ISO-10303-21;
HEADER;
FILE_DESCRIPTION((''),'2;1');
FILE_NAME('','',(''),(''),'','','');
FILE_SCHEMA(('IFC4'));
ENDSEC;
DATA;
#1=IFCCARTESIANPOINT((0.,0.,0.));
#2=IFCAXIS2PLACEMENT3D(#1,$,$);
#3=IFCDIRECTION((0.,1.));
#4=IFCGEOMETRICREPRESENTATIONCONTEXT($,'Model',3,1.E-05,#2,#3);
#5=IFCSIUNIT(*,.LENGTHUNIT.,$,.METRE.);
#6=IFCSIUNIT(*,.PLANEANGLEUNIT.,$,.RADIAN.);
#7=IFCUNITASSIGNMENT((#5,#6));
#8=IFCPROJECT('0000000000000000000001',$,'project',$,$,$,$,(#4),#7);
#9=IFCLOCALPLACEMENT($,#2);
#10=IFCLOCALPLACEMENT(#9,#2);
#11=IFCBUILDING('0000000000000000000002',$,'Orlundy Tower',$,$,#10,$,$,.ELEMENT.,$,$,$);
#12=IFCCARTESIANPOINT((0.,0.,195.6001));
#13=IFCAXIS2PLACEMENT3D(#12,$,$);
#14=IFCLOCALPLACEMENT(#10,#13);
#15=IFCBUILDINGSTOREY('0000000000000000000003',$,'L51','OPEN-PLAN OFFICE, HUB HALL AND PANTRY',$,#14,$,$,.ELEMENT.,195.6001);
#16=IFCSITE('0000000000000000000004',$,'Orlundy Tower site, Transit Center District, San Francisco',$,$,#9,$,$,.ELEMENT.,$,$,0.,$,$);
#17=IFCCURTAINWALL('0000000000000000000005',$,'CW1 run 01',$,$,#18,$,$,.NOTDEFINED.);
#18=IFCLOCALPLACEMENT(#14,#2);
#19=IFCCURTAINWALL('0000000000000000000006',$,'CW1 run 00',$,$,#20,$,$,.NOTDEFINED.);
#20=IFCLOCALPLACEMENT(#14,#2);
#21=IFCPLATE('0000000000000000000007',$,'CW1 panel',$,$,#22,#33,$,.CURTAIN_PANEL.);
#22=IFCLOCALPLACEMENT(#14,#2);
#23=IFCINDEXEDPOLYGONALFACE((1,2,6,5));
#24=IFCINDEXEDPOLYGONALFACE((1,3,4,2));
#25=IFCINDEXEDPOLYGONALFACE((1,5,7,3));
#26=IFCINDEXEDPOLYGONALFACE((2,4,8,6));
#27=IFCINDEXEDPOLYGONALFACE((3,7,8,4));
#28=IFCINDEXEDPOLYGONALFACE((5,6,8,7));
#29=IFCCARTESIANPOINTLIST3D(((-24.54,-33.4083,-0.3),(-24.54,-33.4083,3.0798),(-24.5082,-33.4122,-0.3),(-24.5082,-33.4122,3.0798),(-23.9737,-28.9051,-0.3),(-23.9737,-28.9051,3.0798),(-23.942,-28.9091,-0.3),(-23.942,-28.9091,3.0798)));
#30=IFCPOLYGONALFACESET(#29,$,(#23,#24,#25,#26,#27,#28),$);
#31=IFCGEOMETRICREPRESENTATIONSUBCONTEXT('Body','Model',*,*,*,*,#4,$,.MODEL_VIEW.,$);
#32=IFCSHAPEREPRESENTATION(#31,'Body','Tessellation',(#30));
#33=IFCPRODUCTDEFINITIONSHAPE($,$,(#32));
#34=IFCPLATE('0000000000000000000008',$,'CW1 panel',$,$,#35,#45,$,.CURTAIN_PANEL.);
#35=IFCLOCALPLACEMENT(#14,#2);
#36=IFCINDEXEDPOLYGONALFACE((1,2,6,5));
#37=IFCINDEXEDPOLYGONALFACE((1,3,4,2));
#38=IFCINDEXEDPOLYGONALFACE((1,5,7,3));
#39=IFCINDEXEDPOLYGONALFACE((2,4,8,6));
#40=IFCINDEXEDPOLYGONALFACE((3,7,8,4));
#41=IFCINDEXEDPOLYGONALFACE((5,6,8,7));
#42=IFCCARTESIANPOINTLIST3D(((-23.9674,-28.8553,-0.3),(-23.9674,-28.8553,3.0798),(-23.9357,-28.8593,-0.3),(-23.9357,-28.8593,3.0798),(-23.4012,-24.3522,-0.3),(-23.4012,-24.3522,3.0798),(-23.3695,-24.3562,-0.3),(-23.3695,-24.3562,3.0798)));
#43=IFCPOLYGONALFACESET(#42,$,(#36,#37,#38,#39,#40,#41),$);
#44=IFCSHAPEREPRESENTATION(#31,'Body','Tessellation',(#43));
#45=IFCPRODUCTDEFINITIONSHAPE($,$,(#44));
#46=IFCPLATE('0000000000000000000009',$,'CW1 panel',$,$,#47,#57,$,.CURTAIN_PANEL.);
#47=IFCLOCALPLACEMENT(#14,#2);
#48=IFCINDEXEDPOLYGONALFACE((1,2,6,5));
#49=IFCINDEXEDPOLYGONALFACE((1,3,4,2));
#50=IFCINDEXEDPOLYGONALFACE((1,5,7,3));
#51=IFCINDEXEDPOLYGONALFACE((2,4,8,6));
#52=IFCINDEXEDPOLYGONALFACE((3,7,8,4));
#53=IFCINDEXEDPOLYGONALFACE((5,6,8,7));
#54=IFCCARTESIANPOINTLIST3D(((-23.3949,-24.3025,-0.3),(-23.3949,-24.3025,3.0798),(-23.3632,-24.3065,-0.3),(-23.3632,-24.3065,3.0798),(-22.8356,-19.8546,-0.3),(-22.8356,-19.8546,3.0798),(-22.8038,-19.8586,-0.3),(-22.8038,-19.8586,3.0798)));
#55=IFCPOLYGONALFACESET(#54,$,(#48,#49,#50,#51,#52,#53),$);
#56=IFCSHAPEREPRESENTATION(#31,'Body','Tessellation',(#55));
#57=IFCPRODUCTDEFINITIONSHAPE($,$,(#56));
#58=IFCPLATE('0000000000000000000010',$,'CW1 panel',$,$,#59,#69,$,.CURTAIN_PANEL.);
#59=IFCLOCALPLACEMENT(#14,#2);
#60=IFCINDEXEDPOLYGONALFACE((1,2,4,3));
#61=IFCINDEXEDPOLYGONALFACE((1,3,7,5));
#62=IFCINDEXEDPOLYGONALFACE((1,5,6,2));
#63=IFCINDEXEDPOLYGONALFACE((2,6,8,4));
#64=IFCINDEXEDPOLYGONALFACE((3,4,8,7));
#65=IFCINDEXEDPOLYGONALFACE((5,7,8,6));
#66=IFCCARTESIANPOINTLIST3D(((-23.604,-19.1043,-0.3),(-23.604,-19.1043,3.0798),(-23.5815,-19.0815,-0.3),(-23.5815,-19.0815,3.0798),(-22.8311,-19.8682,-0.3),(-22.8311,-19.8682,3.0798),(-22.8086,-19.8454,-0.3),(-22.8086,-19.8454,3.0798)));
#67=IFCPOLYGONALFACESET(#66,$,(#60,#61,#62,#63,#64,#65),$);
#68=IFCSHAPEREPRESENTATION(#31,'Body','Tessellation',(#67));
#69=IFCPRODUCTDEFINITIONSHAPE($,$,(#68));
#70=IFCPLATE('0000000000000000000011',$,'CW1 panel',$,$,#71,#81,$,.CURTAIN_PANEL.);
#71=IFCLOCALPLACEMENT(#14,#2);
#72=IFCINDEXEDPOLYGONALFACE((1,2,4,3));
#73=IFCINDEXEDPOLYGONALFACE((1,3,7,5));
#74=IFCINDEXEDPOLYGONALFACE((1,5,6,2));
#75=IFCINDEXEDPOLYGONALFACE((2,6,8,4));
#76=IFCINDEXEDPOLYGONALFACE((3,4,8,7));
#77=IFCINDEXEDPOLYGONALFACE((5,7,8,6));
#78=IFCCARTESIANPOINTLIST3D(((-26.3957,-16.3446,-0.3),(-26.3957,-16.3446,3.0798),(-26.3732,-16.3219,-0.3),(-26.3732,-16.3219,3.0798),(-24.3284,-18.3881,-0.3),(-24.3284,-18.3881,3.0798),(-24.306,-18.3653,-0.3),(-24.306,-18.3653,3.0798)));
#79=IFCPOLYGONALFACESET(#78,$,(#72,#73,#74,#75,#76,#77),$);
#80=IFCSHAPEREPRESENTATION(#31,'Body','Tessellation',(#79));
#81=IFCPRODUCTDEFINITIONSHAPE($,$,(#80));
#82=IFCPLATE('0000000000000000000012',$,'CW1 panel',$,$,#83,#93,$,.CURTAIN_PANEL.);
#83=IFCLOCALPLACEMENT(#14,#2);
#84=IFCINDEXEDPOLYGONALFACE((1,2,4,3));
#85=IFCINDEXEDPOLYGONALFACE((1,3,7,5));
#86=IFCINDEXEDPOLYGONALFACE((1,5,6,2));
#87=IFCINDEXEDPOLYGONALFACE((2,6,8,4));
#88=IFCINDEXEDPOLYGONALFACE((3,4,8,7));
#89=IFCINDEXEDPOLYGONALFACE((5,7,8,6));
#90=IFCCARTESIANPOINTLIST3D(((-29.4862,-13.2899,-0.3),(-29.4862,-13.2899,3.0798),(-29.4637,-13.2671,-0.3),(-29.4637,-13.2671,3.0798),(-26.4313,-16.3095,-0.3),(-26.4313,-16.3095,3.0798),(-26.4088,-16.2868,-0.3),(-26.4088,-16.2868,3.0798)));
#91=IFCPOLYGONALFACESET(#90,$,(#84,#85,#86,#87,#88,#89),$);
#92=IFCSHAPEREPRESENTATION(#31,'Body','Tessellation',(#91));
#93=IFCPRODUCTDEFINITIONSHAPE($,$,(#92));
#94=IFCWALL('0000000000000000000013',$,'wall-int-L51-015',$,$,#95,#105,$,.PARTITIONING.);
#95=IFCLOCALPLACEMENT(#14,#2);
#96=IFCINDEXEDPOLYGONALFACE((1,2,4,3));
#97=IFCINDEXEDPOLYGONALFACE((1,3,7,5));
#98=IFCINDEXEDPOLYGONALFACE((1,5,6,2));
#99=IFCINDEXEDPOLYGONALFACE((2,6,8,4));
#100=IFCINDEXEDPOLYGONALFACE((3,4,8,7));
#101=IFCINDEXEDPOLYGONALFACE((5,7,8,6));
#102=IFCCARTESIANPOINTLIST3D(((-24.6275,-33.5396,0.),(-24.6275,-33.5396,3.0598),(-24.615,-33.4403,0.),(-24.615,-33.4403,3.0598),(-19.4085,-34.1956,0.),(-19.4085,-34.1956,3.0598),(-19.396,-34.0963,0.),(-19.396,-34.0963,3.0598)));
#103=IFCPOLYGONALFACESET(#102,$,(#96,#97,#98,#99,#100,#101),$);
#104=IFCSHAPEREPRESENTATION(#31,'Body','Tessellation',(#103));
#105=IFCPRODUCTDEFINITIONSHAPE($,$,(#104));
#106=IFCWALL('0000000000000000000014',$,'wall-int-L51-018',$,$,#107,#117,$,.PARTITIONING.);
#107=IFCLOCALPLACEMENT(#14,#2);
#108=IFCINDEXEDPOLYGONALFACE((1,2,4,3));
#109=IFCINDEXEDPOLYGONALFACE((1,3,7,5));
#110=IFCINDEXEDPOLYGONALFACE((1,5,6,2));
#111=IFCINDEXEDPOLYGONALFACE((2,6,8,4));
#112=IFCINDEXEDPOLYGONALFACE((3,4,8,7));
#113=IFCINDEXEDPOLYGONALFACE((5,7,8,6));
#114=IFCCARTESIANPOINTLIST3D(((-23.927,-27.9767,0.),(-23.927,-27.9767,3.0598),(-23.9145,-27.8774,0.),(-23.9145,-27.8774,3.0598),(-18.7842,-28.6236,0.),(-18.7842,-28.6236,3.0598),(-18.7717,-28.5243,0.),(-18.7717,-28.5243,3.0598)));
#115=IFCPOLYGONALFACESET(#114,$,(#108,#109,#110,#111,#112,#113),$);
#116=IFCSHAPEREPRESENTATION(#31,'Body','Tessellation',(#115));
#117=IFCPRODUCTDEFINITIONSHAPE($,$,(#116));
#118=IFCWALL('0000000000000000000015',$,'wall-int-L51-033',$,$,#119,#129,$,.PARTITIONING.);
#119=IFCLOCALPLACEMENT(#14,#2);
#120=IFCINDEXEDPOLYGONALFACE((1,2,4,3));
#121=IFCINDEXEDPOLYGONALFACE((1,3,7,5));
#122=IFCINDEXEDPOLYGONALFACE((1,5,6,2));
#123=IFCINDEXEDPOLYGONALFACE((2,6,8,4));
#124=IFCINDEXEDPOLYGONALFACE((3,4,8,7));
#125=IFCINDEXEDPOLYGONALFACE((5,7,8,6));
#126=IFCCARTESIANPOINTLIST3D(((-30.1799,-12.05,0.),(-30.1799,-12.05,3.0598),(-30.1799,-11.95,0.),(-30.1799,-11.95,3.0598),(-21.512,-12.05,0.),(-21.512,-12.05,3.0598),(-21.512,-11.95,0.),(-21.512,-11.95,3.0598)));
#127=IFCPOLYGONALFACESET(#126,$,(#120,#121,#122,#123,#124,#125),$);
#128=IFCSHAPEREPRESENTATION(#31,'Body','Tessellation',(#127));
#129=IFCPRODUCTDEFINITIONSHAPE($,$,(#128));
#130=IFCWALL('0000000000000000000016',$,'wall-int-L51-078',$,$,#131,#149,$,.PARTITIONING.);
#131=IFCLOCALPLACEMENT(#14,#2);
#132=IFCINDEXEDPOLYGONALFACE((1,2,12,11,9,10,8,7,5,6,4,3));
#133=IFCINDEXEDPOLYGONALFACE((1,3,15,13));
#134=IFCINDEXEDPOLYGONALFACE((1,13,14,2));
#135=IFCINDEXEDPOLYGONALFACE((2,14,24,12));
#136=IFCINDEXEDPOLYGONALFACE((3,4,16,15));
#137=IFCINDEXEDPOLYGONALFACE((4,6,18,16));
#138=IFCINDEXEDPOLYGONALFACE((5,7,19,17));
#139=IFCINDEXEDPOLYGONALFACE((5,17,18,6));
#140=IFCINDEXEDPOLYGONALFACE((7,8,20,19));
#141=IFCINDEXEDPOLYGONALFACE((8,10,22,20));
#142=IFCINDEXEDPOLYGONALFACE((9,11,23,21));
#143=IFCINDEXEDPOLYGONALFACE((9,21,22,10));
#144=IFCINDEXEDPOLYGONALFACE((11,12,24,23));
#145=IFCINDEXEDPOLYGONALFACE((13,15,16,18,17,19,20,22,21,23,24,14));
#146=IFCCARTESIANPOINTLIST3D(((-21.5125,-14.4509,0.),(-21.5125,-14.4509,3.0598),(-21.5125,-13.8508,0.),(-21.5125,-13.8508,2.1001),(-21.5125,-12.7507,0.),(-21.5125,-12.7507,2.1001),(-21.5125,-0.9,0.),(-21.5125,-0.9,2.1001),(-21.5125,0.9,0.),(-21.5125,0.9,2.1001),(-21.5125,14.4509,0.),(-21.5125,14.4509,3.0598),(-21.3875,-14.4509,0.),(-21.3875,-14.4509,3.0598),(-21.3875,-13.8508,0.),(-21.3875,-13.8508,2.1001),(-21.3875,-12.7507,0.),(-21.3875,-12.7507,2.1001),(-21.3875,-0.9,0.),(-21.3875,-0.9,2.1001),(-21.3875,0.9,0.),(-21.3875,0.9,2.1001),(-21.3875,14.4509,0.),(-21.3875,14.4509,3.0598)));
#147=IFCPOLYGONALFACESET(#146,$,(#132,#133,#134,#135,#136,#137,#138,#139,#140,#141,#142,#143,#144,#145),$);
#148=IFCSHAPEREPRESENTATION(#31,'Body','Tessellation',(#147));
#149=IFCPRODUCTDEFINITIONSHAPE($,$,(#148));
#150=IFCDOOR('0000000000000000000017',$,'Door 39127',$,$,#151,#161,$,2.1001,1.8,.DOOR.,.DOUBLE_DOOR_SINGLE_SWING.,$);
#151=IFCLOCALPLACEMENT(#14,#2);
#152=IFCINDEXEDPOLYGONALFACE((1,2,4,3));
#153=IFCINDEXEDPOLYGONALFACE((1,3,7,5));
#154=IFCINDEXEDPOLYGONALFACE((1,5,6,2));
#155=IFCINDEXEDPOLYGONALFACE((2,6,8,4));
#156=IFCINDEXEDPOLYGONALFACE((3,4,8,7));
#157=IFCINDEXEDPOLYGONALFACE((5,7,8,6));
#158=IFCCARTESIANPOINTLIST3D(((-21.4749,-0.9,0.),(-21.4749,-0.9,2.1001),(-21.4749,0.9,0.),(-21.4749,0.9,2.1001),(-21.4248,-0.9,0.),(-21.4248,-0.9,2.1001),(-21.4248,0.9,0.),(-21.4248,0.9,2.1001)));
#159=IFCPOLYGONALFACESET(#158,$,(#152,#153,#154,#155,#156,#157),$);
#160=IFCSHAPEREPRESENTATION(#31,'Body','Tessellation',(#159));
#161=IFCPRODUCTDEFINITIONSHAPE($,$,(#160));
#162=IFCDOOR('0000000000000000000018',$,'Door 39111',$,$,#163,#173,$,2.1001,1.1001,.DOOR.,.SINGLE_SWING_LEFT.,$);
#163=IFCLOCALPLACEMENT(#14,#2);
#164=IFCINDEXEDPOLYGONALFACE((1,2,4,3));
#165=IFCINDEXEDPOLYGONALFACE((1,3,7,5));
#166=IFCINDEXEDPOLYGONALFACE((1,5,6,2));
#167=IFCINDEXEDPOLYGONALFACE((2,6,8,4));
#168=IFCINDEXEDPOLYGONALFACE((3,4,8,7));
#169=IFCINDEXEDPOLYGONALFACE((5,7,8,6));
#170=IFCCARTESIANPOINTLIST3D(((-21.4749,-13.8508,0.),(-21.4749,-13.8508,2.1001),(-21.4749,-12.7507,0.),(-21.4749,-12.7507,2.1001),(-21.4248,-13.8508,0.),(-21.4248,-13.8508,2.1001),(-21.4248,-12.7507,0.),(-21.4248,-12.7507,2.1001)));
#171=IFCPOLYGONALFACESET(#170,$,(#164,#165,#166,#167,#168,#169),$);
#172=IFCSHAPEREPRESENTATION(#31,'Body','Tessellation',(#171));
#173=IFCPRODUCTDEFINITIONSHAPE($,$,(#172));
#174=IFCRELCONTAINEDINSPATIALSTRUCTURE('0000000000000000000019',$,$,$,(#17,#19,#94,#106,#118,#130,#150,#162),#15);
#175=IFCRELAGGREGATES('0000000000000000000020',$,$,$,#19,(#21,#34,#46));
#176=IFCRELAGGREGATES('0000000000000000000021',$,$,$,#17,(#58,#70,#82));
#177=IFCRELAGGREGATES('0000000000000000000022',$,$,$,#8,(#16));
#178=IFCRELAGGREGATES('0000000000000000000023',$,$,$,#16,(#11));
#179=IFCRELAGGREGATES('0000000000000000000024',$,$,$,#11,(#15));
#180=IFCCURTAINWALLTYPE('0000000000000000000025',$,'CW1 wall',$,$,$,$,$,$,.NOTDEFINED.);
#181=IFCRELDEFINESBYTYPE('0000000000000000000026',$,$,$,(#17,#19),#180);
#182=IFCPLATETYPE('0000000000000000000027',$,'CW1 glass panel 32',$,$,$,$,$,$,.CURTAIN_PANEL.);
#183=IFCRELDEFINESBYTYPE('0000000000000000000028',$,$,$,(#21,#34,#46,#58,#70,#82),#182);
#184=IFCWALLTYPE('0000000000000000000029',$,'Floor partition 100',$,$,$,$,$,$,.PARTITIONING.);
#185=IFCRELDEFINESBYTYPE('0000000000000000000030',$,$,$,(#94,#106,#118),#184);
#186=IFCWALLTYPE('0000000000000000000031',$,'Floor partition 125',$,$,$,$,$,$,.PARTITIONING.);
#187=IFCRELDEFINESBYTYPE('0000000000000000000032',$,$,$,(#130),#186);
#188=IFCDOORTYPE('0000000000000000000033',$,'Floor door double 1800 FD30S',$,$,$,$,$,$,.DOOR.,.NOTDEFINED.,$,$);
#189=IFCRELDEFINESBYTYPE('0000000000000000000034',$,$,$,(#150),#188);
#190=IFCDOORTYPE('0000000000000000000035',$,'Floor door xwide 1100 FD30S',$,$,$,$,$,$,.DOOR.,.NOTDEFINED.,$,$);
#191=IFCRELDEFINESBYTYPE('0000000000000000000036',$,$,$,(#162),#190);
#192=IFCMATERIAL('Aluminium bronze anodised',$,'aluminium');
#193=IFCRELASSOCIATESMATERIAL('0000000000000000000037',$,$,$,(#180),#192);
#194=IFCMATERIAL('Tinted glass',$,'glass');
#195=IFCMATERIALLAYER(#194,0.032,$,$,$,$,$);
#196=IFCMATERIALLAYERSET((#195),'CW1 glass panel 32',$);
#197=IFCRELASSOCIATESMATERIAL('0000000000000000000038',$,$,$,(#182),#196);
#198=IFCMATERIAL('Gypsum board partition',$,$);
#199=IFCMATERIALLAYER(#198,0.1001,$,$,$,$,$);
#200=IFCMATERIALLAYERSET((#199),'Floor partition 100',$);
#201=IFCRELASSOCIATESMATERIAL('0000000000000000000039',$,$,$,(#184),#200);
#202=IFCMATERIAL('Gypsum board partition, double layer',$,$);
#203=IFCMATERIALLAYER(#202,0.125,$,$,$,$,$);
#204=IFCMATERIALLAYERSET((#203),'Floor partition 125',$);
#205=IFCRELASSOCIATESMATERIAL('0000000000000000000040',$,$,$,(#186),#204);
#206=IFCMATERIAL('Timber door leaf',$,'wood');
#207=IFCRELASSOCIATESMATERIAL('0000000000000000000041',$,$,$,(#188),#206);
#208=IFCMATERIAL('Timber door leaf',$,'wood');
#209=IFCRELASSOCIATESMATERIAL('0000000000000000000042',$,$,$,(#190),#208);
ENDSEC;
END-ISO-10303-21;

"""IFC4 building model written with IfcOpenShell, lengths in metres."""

from ifc_helpers import new_model, si_unit, direction, frame, frame_2d, origin, origin_2d, place, context, subcontext, project, spatial, rectangle, extrude, material, layer, layer_set, type_object, element, fill, aggregate, save


model = new_model("IFC4")

# Units and contexts
model_context = context("Model", 3, precision=1e-05, world=origin(), true_north=direction((0.0, 1.0)))
body_context = subcontext(model_context, "Body", "Model", "MODEL_VIEW")
ifc_project = project(units=[si_unit("LENGTHUNIT", "METRE"), si_unit("PLANEANGLEUNIT", "RADIAN")], contexts=[model_context])

# Site, building, storey
site_placement = place(None, origin())
site = spatial("IfcSite", under=ifc_project, at=site_placement, Name="Orlundy Tower site, Transit Center District, San Francisco", CompositionType="ELEMENT", RefElevation=0.0)
building_placement = place(site_placement, origin())
building = spatial("IfcBuilding", under=site, at=building_placement, Name="Orlundy Tower", CompositionType="ELEMENT")
storey_placement = place(building_placement, frame((0.0, 0.0, 195.6001)))
storey = spatial("IfcBuildingStorey", under=building, at=storey_placement, Name="L51", Description="OPEN-PLAN OFFICE, HUB HALL AND PANTRY", CompositionType="ELEMENT", Elevation=195.6001)

# Curtain wall
ifc_material_1 = material(Name="Aluminium bronze anodised", Category="aluminium")
curtain_wall_type = type_object("IfcCurtainWallType", Name="CW1 wall", PredefinedType="NOTDEFINED", material=ifc_material_1)
curtain_wall_1_placement = place(storey_placement, origin())
curtain_wall_1 = element("IfcCurtainWall", 1, at=curtain_wall_1_placement, inside=storey, type_object=curtain_wall_type, Name="CW1 run 01", PredefinedType="NOTDEFINED")

# Curtain wall
curtain_wall_2_placement = place(storey_placement, origin())
curtain_wall_2 = element("IfcCurtainWall", 2, at=curtain_wall_2_placement, inside=storey, type_object=curtain_wall_type, Name="CW1 run 00", PredefinedType="NOTDEFINED")

# Plates
ifc_material_2 = material(Name="Tinted glass", Category="glass")
ifc_layer_1 = layer(ifc_material_2, 0.032)
ifc_layer_set_1 = layer_set([ifc_layer_1], Name="CW1 glass panel 32")
plate_type = type_object("IfcPlateType", Name="CW1 glass panel 32", PredefinedType="CURTAIN_PANEL", material=ifc_layer_set_1)
plate_1_placement = place(storey_placement, frame((-24.241, -31.1587, -0.3), z_axis=(0.0, 0.0, 1.0), x_axis=(0.124763, 0.992187, 0.0)))
plate_1 = element("IfcPlate", 3, at=plate_1_placement, type_object=plate_type, Name="CW1 panel", PredefinedType="CURTAIN_PANEL", context=body_context, shape_type="SweptSolid", body=[
    extrude(rectangle(XDim=4.5386, YDim=0.032, at=origin_2d()), origin(), (0.0, 0.0, 1.0), 3.3799),
])
plate_2_placement = place(storey_placement, frame((-23.6685, -26.6057, -0.3), z_axis=(0.0, 0.0, 1.0), x_axis=(0.124763, 0.992187, 0.0)))
plate_2 = element("IfcPlate", 4, at=plate_2_placement, type_object=plate_type, Name="CW1 panel", PredefinedType="CURTAIN_PANEL", context=body_context, shape_type="SweptSolid", body=[
    extrude(rectangle(XDim=4.5386, YDim=0.032, at=origin_2d()), origin(), (0.0, 0.0, 1.0), 3.3799),
])
plate_3_placement = place(storey_placement, frame((-23.0994, -22.0806, -0.3), z_axis=(0.0, 0.0, 1.0), x_axis=(0.124763, 0.992187, 0.0)))
plate_3 = element("IfcPlate", 5, at=plate_3_placement, type_object=plate_type, Name="CW1 panel", PredefinedType="CURTAIN_PANEL", context=body_context, shape_type="SweptSolid", body=[
    extrude(rectangle(XDim=4.4829, YDim=0.032, at=origin_2d()), origin(), (0.0, 0.0, 1.0), 3.3799),
])
aggregate(curtain_wall_2, [plate_1, plate_2, plate_3])
plate_4_placement = place(storey_placement, frame((-23.2063, -19.4749, -0.3), z_axis=(0.0, 0.0, 1.0), x_axis=(-0.711198, 0.702992, 0.0)))
plate_4 = element("IfcPlate", 6, at=plate_4_placement, type_object=plate_type, Name="CW1 panel", PredefinedType="CURTAIN_PANEL", context=body_context, shape_type="SweptSolid", body=[
    extrude(rectangle(XDim=1.0867, YDim=0.032, at=origin_2d()), origin(), (0.0, 0.0, 1.0), 3.3799),
])
plate_5_placement = place(storey_placement, frame((-25.3508, -17.355, -0.3), z_axis=(0.0, 0.0, 1.0), x_axis=(-0.711198, 0.702992, 0.0)))
plate_5 = element("IfcPlate", 7, at=plate_5_placement, type_object=plate_type, Name="CW1 panel", PredefinedType="CURTAIN_PANEL", context=body_context, shape_type="SweptSolid", body=[
    extrude(rectangle(XDim=2.9067, YDim=0.032, at=origin_2d()), origin(), (0.0, 0.0, 1.0), 3.3799),
])
plate_6_placement = place(storey_placement, frame((-27.9475, -14.7883, -0.3), z_axis=(0.0, 0.0, 1.0), x_axis=(-0.711198, 0.702992, 0.0)))
plate_6 = element("IfcPlate", 8, at=plate_6_placement, type_object=plate_type, Name="CW1 panel", PredefinedType="CURTAIN_PANEL", context=body_context, shape_type="SweptSolid", body=[
    extrude(rectangle(XDim=4.2954, YDim=0.032, at=origin_2d()), origin(), (0.0, 0.0, 1.0), 3.3799),
])
aggregate(curtain_wall_1, [plate_4, plate_5, plate_6])

# Walls
ifc_material_3 = material(Name="Gypsum board partition")
ifc_layer_2 = layer(ifc_material_3, 0.1001)
ifc_layer_set_2 = layer_set([ifc_layer_2], Name="Floor partition 100")
wall_type_1 = type_object("IfcWallType", Name="Floor partition 100", PredefinedType="PARTITIONING", material=ifc_layer_set_2)
wall_1_placement = place(storey_placement, frame((-24.6211, -33.49, 0.0), z_axis=(0.0, 0.0, 1.0), x_axis=(0.992193, -0.124714, 0.0)))
element("IfcWall", 9, at=wall_1_placement, inside=storey, type_object=wall_type_1, Name="wall-int-L51-015", PredefinedType="PARTITIONING", context=body_context, shape_type="SweptSolid", body=[
    extrude(rectangle(XDim=5.26, YDim=0.1001, at=frame_2d((2.6299, 0.0))), origin(), (0.0, 0.0, 1.0), 3.0598),
])
wall_2_placement = place(storey_placement, frame((-23.9209, -27.927, 0.0), z_axis=(0.0, 0.0, 1.0), x_axis=(0.99218, -0.124817, 0.0)))
element("IfcWall", 10, at=wall_2_placement, inside=storey, type_object=wall_type_1, Name="wall-int-L51-018", PredefinedType="PARTITIONING", context=body_context, shape_type="SweptSolid", body=[
    extrude(rectangle(XDim=5.1833, YDim=0.1001, at=frame_2d((2.5918, 0.0))), origin(), (0.0, 0.0, 1.0), 3.0598),
])
wall_3_placement = place(storey_placement, frame((-30.1799, -12.0, 0.0), z_axis=(0.0, 0.0, 1.0), x_axis=(1.0, 0.0, 0.0)))
element("IfcWall", 11, at=wall_3_placement, inside=storey, type_object=wall_type_1, Name="wall-int-L51-033", PredefinedType="PARTITIONING", context=body_context, shape_type="SweptSolid", body=[
    extrude(rectangle(XDim=8.668, YDim=0.1001, at=frame_2d((4.334, 0.0))), origin(), (0.0, 0.0, 1.0), 3.0598),
])

# Wall, openings, doors
ifc_material_4 = material(Name="Gypsum board partition, double layer")
ifc_layer_3 = layer(ifc_material_4, 0.125)
ifc_layer_set_3 = layer_set([ifc_layer_3], Name="Floor partition 125")
wall_type_2 = type_object("IfcWallType", Name="Floor partition 125", PredefinedType="PARTITIONING", material=ifc_layer_set_3)
wall_4_placement = place(storey_placement, frame((-21.45, -14.4509, 0.0), z_axis=(0.0, 0.0, 1.0), x_axis=(0.0, 1.0, 0.0)))
wall_4 = element("IfcWall", 12, at=wall_4_placement, inside=storey, type_object=wall_type_2, Name="wall-int-L51-078", PredefinedType="PARTITIONING", context=body_context, shape_type="SweptSolid", body=[
    extrude(rectangle(XDim=28.9019, YDim=0.125, at=frame_2d((14.4509, 0.0))), origin(), (0.0, 0.0, 1.0), 3.0598),
])
opening_1_placement = place(wall_4_placement, frame((0.6001, 0.0, 0.0)))
opening_1 = element("IfcOpeningElement", 13, at=opening_1_placement, cuts=wall_4, PredefinedType="OPENING", context=body_context, shape_type="SweptSolid", body=[
    extrude(rectangle(XDim=1.1001, YDim=2.1001, at=frame_2d((0.55, 1.05))), frame((0.0, 0.0725, 0.0), z_axis=(0.0, -1.0, 0.0), x_axis=(1.0, 0.0, 0.0)), (0.0, 0.0, 1.0), 0.145),
])
opening_2_placement = place(wall_4_placement, frame((13.551, 0.0, 0.0)))
opening_2 = element("IfcOpeningElement", 14, at=opening_2_placement, cuts=wall_4, PredefinedType="OPENING", context=body_context, shape_type="SweptSolid", body=[
    extrude(rectangle(XDim=1.8, YDim=2.1001, at=frame_2d((0.8999, 1.05))), frame((0.0, 0.0725, 0.0), z_axis=(0.0, -1.0, 0.0), x_axis=(1.0, 0.0, 0.0)), (0.0, 0.0, 1.0), 0.145),
])
ifc_material_5 = material(Name="Timber door leaf", Category="wood")
door_type_1 = type_object("IfcDoorType", Name="Floor door double 1800 FD30S", OperationType="NOTDEFINED", PredefinedType="DOOR", material=ifc_material_5)
door_1_placement = place(opening_2_placement, origin())
door_1 = element("IfcDoor", 15, at=door_1_placement, inside=storey, type_object=door_type_1, Name="Door 39127", OperationType="DOUBLE_DOOR_SINGLE_SWING", OverallHeight=2.1001, OverallWidth=1.8, PredefinedType="DOOR", context=body_context, shape_type="SweptSolid", body=[
    extrude(rectangle(XDim=1.8, YDim=2.1001, at=frame_2d((0.8999, 1.05))), frame((0.0, 0.0249, 0.0), z_axis=(0.0, -1.0, 0.0), x_axis=(1.0, 0.0, 0.0)), (0.0, 0.0, 1.0), 0.05),
])
fill(opening_2, door_1)
ifc_material_6 = material(Name="Timber door leaf", Category="wood")
door_type_2 = type_object("IfcDoorType", Name="Floor door xwide 1100 FD30S", OperationType="NOTDEFINED", PredefinedType="DOOR", material=ifc_material_6)
door_2_placement = place(opening_1_placement, origin())
door_2 = element("IfcDoor", 16, at=door_2_placement, inside=storey, type_object=door_type_2, Name="Door 39111", OperationType="SINGLE_SWING_LEFT", OverallHeight=2.1001, OverallWidth=1.1001, PredefinedType="DOOR", context=body_context, shape_type="SweptSolid", body=[
    extrude(rectangle(XDim=1.1001, YDim=2.1001, at=frame_2d((0.55, 1.05))), frame((0.0, 0.0249, 0.0), z_axis=(0.0, -1.0, 0.0), x_axis=(1.0, 0.0, 0.0)), (0.0, 0.0, 1.0), 0.05),
])
fill(opening_1, door_2)

save(model, "model.ifc")
